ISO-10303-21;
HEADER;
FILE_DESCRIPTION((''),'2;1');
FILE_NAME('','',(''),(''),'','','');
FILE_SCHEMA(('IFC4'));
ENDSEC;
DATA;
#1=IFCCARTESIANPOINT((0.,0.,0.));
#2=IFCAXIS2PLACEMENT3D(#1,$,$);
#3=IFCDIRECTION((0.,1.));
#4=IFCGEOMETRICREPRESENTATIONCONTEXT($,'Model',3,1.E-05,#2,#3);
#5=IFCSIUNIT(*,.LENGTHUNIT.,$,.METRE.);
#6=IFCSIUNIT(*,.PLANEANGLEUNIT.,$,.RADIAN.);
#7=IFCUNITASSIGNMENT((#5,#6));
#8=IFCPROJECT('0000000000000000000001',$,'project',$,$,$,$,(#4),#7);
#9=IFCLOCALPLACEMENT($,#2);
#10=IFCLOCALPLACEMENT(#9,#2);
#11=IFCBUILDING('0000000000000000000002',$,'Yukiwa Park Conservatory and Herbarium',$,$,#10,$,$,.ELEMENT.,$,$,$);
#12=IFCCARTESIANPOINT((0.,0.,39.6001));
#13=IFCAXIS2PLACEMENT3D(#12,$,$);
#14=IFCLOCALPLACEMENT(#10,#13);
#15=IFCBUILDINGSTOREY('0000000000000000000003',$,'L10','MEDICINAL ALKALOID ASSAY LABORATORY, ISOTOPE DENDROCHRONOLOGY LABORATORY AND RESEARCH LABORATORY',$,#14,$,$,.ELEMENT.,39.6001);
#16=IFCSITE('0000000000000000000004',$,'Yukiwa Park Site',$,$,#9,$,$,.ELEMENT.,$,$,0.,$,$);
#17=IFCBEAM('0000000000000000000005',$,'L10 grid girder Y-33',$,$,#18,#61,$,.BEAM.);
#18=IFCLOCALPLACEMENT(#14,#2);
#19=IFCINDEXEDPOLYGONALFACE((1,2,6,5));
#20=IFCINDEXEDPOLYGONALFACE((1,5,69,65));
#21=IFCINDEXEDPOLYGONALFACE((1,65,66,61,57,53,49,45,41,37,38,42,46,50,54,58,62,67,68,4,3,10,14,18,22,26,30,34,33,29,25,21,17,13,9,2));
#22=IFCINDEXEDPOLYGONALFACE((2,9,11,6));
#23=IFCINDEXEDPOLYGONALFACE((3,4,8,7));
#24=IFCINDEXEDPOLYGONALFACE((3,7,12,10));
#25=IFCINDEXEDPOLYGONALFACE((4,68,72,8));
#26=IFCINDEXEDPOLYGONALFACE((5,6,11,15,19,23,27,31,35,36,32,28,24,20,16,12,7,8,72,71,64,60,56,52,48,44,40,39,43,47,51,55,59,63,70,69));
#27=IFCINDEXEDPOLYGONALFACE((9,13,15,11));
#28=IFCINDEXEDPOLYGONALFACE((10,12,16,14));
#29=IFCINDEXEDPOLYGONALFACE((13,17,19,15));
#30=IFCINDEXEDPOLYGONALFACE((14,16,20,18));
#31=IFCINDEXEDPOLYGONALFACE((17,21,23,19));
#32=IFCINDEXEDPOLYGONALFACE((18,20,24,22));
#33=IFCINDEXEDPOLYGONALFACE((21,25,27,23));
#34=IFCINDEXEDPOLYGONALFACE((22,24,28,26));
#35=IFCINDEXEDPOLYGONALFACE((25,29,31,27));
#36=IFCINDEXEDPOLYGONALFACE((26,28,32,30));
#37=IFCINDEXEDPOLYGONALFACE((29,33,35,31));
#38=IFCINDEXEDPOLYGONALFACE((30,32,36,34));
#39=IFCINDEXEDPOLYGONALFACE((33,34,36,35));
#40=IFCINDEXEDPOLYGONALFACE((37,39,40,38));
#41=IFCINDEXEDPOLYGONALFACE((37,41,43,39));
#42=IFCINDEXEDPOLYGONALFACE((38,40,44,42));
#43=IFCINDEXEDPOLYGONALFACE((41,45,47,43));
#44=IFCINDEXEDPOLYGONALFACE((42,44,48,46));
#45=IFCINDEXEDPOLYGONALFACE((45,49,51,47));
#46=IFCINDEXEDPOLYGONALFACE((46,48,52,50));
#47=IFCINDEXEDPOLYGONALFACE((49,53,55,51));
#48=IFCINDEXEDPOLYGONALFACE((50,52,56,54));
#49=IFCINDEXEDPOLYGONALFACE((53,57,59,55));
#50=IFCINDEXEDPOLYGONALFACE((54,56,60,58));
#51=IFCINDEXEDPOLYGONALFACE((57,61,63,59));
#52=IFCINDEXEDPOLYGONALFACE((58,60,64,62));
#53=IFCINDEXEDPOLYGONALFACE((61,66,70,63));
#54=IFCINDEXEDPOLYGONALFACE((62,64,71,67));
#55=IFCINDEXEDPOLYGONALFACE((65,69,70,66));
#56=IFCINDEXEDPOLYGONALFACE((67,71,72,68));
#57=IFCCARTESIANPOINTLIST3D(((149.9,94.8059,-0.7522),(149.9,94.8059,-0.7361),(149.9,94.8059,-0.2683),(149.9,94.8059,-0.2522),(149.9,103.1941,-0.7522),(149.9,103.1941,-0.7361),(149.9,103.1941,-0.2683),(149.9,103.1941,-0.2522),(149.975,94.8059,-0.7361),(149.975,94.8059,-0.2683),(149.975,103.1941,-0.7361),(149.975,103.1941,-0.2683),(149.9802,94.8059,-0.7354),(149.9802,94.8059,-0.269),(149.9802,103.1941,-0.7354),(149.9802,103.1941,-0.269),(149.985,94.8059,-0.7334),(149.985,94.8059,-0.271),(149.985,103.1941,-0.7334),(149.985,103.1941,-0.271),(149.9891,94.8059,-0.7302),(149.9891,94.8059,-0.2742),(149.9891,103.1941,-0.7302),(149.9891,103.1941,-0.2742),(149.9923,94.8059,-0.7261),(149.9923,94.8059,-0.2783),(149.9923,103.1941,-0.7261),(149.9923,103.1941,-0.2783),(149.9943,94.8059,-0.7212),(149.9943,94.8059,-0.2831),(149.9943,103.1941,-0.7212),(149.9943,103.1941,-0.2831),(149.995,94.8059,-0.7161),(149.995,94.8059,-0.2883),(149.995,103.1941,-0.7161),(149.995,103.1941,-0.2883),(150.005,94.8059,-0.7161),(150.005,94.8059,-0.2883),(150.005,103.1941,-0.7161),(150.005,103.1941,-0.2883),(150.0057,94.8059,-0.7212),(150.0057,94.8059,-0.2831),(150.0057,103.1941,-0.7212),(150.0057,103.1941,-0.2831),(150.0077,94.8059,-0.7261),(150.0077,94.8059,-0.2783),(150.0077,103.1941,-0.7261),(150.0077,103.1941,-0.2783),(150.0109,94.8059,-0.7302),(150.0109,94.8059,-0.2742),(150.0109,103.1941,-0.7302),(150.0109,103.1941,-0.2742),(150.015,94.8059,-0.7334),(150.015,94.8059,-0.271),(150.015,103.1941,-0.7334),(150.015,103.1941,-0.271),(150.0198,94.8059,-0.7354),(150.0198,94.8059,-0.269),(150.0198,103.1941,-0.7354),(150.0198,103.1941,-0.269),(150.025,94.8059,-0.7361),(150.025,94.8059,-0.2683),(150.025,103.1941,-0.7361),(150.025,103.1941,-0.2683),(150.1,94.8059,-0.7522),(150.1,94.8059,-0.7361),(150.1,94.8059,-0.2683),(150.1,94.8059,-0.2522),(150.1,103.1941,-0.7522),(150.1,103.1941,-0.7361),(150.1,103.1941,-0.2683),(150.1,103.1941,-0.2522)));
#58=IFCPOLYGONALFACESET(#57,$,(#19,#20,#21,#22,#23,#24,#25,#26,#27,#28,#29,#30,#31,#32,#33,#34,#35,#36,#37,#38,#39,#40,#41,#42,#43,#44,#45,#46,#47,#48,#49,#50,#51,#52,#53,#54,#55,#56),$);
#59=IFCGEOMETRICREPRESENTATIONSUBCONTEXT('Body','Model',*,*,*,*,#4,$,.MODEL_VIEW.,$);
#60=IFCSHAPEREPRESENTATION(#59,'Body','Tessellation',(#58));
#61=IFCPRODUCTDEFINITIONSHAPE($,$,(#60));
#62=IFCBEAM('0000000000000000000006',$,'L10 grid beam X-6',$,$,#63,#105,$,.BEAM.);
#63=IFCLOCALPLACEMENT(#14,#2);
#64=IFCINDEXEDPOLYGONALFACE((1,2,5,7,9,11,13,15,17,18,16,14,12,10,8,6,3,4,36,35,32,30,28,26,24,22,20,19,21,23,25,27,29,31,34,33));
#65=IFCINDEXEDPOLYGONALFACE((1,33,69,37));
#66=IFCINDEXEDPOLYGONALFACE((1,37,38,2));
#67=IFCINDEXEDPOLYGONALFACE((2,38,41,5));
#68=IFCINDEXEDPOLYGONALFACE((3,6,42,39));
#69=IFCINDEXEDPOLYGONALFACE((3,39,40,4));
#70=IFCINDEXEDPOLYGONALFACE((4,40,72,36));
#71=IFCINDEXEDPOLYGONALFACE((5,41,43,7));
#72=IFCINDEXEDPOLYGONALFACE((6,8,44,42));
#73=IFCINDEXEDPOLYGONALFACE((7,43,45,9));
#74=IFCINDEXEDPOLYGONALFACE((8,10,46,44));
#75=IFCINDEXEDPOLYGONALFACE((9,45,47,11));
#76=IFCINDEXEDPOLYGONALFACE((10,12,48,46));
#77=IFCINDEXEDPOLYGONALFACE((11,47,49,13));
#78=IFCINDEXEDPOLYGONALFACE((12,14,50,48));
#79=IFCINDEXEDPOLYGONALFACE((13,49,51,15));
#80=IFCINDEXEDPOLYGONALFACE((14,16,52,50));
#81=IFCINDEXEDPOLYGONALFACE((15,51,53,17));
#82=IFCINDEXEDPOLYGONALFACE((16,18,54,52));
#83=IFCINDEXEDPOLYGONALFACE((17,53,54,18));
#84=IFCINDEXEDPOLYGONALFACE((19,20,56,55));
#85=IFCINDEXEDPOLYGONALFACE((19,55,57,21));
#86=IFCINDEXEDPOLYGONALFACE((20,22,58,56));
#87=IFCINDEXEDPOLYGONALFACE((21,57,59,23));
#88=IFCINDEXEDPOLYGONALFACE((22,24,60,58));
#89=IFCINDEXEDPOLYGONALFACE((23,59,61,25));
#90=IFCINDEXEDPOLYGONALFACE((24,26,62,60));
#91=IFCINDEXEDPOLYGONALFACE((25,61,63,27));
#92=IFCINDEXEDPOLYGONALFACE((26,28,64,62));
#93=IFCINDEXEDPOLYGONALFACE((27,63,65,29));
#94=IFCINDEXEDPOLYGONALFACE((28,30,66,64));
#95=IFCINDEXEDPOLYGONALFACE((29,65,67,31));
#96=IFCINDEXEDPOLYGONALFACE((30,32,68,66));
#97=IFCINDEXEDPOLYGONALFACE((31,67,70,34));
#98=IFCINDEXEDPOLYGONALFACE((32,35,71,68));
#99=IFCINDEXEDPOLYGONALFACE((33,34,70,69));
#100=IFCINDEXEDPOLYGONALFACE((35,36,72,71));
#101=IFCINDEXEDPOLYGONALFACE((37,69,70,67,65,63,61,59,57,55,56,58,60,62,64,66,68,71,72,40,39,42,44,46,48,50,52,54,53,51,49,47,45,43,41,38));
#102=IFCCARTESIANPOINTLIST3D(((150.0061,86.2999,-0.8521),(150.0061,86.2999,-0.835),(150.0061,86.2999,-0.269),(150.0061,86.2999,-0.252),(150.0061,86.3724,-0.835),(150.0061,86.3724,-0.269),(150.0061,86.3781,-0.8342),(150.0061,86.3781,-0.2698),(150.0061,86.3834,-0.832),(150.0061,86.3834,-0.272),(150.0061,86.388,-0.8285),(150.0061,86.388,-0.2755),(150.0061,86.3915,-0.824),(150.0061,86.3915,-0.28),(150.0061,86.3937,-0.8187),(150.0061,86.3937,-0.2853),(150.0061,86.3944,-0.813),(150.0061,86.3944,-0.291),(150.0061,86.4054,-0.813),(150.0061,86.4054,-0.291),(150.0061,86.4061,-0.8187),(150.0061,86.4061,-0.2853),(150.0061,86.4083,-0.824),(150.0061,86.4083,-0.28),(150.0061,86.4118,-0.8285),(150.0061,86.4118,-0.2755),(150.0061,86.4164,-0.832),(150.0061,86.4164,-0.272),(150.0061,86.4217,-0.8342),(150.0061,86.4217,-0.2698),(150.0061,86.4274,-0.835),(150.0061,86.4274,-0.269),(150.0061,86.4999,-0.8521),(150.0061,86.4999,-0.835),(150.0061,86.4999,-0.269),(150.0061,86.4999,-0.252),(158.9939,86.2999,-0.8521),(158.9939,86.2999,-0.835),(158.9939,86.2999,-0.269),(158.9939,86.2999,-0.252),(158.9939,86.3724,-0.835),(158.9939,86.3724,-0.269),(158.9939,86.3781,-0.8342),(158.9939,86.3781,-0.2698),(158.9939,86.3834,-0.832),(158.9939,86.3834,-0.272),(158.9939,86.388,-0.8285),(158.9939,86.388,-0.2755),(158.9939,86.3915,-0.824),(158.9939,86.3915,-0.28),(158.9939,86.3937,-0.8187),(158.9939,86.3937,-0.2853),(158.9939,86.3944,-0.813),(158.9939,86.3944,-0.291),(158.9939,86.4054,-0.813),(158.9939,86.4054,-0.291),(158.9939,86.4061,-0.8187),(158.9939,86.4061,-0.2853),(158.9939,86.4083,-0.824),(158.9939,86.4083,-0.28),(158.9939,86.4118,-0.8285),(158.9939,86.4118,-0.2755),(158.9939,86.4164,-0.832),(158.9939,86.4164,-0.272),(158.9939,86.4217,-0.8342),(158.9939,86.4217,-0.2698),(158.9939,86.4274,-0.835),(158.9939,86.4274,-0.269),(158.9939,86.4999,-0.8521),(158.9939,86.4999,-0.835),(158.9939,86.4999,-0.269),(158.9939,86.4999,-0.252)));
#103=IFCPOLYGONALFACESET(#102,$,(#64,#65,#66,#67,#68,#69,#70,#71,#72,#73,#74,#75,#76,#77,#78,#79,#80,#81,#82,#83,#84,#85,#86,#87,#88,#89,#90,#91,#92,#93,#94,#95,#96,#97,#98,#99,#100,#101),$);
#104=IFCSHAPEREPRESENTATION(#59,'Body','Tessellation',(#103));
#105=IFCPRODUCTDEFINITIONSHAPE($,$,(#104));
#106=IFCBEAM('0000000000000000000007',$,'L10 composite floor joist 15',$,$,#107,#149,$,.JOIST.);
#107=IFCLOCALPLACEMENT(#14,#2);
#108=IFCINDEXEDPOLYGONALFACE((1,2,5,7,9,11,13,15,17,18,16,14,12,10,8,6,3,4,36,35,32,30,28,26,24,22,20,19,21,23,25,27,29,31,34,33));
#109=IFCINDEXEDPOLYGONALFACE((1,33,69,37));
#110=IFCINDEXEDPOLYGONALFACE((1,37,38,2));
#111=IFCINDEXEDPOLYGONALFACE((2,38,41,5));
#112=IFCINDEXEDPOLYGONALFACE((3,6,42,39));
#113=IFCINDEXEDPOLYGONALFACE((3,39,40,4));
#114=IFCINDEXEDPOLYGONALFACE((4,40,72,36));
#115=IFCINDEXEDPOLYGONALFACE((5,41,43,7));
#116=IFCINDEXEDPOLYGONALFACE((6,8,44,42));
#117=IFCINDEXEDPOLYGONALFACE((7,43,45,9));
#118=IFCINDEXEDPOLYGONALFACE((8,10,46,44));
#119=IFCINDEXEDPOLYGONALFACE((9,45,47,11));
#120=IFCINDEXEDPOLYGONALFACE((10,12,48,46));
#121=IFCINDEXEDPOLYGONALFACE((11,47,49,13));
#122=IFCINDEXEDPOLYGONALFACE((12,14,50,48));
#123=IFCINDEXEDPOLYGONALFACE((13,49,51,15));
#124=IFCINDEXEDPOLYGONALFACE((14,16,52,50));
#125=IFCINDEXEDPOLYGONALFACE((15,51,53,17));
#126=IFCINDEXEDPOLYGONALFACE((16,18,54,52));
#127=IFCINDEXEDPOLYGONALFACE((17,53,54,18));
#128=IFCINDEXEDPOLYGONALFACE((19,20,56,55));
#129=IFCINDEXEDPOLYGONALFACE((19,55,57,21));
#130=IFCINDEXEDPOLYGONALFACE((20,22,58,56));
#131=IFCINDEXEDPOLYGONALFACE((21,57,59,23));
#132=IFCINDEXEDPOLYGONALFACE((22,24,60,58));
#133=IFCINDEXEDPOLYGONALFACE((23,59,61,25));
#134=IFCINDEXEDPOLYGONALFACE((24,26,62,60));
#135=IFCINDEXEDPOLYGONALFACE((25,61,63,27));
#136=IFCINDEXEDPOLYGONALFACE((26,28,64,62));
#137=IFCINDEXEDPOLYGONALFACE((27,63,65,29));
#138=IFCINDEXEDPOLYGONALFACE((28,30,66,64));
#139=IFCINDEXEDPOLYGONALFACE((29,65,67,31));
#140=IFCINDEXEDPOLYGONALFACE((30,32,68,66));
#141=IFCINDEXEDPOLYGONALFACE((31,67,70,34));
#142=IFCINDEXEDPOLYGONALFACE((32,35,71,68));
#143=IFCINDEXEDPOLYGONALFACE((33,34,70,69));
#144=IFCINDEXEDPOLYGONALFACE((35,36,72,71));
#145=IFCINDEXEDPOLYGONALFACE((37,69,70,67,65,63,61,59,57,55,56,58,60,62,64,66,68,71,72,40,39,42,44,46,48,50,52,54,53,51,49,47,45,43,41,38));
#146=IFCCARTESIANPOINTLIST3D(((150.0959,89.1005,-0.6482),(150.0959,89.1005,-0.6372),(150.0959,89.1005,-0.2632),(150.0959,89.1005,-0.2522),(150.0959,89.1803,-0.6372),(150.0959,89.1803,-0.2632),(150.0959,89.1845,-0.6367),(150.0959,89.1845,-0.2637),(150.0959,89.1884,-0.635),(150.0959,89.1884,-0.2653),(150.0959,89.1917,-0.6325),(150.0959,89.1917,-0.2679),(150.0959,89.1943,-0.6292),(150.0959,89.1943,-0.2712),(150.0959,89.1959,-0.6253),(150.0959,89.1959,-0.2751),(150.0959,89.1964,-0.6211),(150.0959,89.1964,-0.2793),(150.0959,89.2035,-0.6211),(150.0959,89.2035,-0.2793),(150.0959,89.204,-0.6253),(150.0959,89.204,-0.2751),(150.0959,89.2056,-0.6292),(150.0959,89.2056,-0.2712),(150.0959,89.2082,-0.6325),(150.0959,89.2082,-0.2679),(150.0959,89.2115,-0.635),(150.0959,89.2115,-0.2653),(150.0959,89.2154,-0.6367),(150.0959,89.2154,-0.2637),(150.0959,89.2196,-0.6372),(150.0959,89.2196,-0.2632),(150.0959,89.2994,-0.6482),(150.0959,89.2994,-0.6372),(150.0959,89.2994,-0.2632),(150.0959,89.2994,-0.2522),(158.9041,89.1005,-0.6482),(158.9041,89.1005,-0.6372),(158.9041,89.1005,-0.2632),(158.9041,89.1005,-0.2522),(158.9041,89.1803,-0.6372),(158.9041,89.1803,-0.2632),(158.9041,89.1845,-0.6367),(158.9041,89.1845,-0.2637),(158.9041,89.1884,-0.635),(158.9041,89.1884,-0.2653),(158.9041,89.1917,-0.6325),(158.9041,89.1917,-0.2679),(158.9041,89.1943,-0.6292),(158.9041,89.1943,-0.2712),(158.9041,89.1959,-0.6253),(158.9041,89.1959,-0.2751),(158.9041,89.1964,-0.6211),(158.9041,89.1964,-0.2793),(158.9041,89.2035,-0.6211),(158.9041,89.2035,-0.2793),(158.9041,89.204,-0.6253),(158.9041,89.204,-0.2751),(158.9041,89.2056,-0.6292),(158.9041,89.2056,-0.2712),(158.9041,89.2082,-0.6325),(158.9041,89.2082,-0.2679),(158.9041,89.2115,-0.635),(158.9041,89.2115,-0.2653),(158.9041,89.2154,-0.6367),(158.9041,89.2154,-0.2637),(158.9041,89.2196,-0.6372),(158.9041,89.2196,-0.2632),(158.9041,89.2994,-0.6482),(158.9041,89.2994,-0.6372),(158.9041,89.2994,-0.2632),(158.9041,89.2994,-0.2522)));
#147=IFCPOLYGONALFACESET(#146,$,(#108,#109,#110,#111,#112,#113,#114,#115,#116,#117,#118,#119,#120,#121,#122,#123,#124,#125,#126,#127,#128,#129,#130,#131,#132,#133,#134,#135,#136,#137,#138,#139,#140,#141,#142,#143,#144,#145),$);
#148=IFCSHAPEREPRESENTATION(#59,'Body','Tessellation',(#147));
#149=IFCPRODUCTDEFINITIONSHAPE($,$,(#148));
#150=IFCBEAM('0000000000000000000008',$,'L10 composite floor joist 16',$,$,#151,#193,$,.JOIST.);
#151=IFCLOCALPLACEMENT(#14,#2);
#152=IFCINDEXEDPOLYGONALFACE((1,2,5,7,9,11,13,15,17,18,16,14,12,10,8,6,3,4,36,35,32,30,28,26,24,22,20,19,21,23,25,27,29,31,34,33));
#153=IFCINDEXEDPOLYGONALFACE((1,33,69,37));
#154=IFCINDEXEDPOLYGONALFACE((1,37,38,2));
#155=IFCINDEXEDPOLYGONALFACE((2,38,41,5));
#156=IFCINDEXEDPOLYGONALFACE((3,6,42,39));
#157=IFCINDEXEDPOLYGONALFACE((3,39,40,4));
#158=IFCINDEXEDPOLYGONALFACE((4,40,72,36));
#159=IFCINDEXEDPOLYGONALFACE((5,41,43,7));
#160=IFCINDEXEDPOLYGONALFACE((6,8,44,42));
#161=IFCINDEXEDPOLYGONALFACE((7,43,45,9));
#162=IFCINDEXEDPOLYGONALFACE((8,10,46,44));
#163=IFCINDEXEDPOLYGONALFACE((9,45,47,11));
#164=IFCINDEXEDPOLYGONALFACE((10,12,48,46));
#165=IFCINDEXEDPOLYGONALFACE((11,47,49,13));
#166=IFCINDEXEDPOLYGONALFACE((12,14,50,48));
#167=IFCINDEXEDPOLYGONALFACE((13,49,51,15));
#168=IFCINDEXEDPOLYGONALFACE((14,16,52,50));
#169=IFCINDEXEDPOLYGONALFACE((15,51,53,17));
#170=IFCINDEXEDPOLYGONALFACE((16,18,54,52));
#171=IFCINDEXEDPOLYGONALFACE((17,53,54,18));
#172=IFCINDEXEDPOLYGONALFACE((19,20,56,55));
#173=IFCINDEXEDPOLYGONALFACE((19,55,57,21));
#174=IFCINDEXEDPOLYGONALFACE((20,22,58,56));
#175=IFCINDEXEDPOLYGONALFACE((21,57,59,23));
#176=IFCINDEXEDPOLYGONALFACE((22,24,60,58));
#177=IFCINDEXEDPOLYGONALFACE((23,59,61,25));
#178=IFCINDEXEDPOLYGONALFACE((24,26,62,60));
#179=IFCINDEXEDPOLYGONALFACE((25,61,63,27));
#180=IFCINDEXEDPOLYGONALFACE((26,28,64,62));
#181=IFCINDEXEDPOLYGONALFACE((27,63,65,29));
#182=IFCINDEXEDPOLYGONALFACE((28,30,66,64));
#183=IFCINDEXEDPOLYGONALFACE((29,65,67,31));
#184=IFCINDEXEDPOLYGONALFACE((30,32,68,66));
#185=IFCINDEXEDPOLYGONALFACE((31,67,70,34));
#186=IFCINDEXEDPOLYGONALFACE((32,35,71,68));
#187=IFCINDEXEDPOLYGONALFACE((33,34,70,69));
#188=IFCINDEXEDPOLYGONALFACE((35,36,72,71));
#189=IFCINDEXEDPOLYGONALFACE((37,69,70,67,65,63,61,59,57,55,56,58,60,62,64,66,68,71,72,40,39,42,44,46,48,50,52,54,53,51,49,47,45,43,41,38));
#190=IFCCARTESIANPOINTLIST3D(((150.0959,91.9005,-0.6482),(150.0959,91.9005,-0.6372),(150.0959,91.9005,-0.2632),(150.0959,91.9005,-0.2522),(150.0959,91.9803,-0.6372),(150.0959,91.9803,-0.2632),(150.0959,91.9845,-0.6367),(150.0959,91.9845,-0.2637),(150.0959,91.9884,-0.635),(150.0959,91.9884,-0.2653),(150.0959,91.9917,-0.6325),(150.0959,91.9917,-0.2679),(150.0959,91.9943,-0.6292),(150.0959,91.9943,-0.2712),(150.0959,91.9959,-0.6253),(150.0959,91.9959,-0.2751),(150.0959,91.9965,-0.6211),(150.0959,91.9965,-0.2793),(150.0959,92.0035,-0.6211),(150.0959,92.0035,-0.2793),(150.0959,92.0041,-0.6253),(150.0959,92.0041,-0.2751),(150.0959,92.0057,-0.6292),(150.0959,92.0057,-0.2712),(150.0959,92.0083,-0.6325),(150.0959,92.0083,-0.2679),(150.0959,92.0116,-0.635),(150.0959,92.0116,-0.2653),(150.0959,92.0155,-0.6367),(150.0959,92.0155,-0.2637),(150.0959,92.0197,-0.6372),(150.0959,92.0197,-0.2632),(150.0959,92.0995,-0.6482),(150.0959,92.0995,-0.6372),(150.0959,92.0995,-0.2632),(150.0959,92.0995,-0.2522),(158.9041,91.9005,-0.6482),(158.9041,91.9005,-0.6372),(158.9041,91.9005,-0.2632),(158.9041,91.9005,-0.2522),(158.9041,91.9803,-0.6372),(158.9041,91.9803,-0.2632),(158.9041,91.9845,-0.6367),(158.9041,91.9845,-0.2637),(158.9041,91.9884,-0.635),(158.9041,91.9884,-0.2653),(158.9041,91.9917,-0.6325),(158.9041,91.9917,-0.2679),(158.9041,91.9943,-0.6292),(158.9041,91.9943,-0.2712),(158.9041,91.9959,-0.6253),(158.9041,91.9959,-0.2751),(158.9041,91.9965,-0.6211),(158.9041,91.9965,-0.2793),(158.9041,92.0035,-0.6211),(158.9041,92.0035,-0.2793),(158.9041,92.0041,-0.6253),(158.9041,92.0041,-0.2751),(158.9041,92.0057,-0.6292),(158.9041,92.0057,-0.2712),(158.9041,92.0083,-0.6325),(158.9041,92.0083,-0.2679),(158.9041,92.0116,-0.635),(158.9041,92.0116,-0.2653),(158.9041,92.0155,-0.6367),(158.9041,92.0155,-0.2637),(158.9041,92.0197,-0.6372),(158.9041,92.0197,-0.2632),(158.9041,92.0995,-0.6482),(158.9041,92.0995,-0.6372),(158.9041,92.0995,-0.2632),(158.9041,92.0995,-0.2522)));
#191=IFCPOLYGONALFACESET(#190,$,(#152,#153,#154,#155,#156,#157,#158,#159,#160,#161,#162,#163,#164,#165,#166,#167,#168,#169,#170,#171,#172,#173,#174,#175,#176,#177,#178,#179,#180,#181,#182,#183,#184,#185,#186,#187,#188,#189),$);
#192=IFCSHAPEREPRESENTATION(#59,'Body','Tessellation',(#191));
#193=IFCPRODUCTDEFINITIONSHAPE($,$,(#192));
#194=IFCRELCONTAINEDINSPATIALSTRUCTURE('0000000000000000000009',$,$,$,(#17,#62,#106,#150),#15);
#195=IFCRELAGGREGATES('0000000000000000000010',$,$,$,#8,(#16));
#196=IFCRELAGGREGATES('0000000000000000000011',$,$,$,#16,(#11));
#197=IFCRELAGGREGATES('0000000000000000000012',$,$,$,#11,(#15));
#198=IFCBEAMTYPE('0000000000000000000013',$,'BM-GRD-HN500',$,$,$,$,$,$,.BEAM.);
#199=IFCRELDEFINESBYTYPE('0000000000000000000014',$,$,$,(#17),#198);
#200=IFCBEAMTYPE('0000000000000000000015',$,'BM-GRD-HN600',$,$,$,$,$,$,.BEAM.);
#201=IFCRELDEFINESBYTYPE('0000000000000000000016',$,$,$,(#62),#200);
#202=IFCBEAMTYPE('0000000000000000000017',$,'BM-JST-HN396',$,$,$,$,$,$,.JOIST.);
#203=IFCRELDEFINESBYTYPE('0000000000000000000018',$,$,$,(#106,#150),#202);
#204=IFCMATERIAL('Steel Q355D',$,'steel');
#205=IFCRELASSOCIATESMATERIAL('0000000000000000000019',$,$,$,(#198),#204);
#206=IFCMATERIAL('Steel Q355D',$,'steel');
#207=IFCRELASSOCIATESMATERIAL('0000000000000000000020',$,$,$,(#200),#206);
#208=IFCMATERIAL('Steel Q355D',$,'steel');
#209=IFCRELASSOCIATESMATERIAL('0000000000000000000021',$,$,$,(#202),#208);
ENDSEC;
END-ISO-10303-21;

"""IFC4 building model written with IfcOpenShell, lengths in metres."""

from ifc_helpers import new_model, si_unit, direction, frame, origin, origin_2d, place, context, subcontext, project, spatial, i_section, extrude, material, material_profile, profile_set, type_object, element, save


model = new_model("IFC4")

# Units and contexts
model_context = context("Model", 3, precision=1e-05, world=origin(), true_north=direction((0.0, 1.0)))
body_context = subcontext(model_context, "Body", "Model", "MODEL_VIEW")
ifc_project = project(units=[si_unit("LENGTHUNIT", "METRE"), si_unit("PLANEANGLEUNIT", "RADIAN")], contexts=[model_context])

# Site, building, storey
site_placement = place(None, origin())
site = spatial("IfcSite", under=ifc_project, at=site_placement, Name="Yukiwa Park Site", CompositionType="ELEMENT", RefElevation=0.0)
building_placement = place(site_placement, origin())
building = spatial("IfcBuilding", under=site, at=building_placement, Name="Yukiwa Park Conservatory and Herbarium", CompositionType="ELEMENT")
storey_placement = place(building_placement, frame((0.0, 0.0, 39.6001)))
storey = spatial("IfcBuildingStorey", under=building, at=storey_placement, Name="L10", Description="MEDICINAL ALKALOID ASSAY LABORATORY, ISOTOPE DENDROCHRONOLOGY LABORATORY AND RESEARCH LABORATORY", CompositionType="ELEMENT", Elevation=39.6001)

# Beams
ifc_material_1 = material(Name="Steel Q355D", Category="steel")
ifc_material_profile_1 = material_profile(ifc_material_1, i_section(OverallWidth=0.2, OverallDepth=0.5, WebThickness=0.01, FlangeThickness=0.0161, FilletRadius=0.02, at=origin_2d()), Name="HN 500x200x10x16")
ifc_profile_set_1 = profile_set([ifc_material_profile_1], Name="Steel Q355D")
beam_type_1 = type_object("IfcBeamType", Name="BM-GRD-HN500", PredefinedType="BEAM", material=ifc_profile_set_1)
beam_1_placement = place(storey_placement, frame((150.0, 94.8059, -0.5022), z_axis=(0.0, 1.0, 0.0), x_axis=(-1.0, 0.0, 0.0)))
element("IfcBeam", 1, at=beam_1_placement, inside=storey, type_object=beam_type_1, Name="L10 grid girder Y-33", PredefinedType="BEAM", context=body_context, shape_type="SweptSolid", body=[
    extrude(i_section(OverallWidth=0.2, OverallDepth=0.5, WebThickness=0.01, FlangeThickness=0.0161, FilletRadius=0.02, at=origin_2d()), origin(), (0.0, 0.0, 1.0), 8.3882),
])
ifc_material_2 = material(Name="Steel Q355D", Category="steel")
ifc_material_profile_2 = material_profile(ifc_material_2, i_section(OverallWidth=0.2, OverallDepth=0.6001, WebThickness=0.011, FlangeThickness=0.0171, FilletRadius=0.022, at=origin_2d()), Name="HN 600x200x11x17")
ifc_profile_set_2 = profile_set([ifc_material_profile_2], Name="Steel Q355D")
beam_type_2 = type_object("IfcBeamType", Name="BM-GRD-HN600", PredefinedType="BEAM", material=ifc_profile_set_2)
beam_2_placement = place(storey_placement, frame((150.0061, 86.3999, -0.552), z_axis=(1.0, 0.0, 0.0), x_axis=(0.0, 1.0, 0.0)))
element("IfcBeam", 2, at=beam_2_placement, inside=storey, type_object=beam_type_2, Name="L10 grid beam X-6", PredefinedType="BEAM", context=body_context, shape_type="SweptSolid", body=[
    extrude(i_section(OverallWidth=0.2, OverallDepth=0.6001, WebThickness=0.011, FlangeThickness=0.0171, FilletRadius=0.022, at=origin_2d()), origin(), (0.0, 0.0, 1.0), 8.9878),
])
ifc_material_3 = material(Name="Steel Q355D", Category="steel")
ifc_material_profile_3 = material_profile(ifc_material_3, i_section(OverallWidth=0.199, OverallDepth=0.396, WebThickness=0.0071, FlangeThickness=0.011, FilletRadius=0.0161, at=origin_2d()), Name="HN 396x199x7x11")
ifc_profile_set_3 = profile_set([ifc_material_profile_3], Name="Steel Q355D")
beam_type_3 = type_object("IfcBeamType", Name="BM-JST-HN396", PredefinedType="JOIST", material=ifc_profile_set_3)
for number, where, z_axis, x_axis, name in (
    (3, (150.0959, 89.2, -0.4502), (1.0, 0.0, 0.0), (0.0, 1.0, 0.0), "L10 composite floor joist 15"),
    (4, (150.0959, 92.0, -0.4502), (1.0, 0.0, 0.0), (0.0, 1.0, 0.0), "L10 composite floor joist 16"),
):
    element("IfcBeam", number, at=place(storey_placement, frame(where, z_axis=z_axis, x_axis=x_axis)), inside=storey, type_object=beam_type_3, Name=name, PredefinedType="JOIST", context=body_context, shape_type="SweptSolid", body=[
        extrude(i_section(OverallWidth=0.199, OverallDepth=0.396, WebThickness=0.0071, FlangeThickness=0.011, FilletRadius=0.0161, at=origin_2d()), origin(), (0.0, 0.0, 1.0), 8.8081),
    ])

save(model, "model.ifc")
